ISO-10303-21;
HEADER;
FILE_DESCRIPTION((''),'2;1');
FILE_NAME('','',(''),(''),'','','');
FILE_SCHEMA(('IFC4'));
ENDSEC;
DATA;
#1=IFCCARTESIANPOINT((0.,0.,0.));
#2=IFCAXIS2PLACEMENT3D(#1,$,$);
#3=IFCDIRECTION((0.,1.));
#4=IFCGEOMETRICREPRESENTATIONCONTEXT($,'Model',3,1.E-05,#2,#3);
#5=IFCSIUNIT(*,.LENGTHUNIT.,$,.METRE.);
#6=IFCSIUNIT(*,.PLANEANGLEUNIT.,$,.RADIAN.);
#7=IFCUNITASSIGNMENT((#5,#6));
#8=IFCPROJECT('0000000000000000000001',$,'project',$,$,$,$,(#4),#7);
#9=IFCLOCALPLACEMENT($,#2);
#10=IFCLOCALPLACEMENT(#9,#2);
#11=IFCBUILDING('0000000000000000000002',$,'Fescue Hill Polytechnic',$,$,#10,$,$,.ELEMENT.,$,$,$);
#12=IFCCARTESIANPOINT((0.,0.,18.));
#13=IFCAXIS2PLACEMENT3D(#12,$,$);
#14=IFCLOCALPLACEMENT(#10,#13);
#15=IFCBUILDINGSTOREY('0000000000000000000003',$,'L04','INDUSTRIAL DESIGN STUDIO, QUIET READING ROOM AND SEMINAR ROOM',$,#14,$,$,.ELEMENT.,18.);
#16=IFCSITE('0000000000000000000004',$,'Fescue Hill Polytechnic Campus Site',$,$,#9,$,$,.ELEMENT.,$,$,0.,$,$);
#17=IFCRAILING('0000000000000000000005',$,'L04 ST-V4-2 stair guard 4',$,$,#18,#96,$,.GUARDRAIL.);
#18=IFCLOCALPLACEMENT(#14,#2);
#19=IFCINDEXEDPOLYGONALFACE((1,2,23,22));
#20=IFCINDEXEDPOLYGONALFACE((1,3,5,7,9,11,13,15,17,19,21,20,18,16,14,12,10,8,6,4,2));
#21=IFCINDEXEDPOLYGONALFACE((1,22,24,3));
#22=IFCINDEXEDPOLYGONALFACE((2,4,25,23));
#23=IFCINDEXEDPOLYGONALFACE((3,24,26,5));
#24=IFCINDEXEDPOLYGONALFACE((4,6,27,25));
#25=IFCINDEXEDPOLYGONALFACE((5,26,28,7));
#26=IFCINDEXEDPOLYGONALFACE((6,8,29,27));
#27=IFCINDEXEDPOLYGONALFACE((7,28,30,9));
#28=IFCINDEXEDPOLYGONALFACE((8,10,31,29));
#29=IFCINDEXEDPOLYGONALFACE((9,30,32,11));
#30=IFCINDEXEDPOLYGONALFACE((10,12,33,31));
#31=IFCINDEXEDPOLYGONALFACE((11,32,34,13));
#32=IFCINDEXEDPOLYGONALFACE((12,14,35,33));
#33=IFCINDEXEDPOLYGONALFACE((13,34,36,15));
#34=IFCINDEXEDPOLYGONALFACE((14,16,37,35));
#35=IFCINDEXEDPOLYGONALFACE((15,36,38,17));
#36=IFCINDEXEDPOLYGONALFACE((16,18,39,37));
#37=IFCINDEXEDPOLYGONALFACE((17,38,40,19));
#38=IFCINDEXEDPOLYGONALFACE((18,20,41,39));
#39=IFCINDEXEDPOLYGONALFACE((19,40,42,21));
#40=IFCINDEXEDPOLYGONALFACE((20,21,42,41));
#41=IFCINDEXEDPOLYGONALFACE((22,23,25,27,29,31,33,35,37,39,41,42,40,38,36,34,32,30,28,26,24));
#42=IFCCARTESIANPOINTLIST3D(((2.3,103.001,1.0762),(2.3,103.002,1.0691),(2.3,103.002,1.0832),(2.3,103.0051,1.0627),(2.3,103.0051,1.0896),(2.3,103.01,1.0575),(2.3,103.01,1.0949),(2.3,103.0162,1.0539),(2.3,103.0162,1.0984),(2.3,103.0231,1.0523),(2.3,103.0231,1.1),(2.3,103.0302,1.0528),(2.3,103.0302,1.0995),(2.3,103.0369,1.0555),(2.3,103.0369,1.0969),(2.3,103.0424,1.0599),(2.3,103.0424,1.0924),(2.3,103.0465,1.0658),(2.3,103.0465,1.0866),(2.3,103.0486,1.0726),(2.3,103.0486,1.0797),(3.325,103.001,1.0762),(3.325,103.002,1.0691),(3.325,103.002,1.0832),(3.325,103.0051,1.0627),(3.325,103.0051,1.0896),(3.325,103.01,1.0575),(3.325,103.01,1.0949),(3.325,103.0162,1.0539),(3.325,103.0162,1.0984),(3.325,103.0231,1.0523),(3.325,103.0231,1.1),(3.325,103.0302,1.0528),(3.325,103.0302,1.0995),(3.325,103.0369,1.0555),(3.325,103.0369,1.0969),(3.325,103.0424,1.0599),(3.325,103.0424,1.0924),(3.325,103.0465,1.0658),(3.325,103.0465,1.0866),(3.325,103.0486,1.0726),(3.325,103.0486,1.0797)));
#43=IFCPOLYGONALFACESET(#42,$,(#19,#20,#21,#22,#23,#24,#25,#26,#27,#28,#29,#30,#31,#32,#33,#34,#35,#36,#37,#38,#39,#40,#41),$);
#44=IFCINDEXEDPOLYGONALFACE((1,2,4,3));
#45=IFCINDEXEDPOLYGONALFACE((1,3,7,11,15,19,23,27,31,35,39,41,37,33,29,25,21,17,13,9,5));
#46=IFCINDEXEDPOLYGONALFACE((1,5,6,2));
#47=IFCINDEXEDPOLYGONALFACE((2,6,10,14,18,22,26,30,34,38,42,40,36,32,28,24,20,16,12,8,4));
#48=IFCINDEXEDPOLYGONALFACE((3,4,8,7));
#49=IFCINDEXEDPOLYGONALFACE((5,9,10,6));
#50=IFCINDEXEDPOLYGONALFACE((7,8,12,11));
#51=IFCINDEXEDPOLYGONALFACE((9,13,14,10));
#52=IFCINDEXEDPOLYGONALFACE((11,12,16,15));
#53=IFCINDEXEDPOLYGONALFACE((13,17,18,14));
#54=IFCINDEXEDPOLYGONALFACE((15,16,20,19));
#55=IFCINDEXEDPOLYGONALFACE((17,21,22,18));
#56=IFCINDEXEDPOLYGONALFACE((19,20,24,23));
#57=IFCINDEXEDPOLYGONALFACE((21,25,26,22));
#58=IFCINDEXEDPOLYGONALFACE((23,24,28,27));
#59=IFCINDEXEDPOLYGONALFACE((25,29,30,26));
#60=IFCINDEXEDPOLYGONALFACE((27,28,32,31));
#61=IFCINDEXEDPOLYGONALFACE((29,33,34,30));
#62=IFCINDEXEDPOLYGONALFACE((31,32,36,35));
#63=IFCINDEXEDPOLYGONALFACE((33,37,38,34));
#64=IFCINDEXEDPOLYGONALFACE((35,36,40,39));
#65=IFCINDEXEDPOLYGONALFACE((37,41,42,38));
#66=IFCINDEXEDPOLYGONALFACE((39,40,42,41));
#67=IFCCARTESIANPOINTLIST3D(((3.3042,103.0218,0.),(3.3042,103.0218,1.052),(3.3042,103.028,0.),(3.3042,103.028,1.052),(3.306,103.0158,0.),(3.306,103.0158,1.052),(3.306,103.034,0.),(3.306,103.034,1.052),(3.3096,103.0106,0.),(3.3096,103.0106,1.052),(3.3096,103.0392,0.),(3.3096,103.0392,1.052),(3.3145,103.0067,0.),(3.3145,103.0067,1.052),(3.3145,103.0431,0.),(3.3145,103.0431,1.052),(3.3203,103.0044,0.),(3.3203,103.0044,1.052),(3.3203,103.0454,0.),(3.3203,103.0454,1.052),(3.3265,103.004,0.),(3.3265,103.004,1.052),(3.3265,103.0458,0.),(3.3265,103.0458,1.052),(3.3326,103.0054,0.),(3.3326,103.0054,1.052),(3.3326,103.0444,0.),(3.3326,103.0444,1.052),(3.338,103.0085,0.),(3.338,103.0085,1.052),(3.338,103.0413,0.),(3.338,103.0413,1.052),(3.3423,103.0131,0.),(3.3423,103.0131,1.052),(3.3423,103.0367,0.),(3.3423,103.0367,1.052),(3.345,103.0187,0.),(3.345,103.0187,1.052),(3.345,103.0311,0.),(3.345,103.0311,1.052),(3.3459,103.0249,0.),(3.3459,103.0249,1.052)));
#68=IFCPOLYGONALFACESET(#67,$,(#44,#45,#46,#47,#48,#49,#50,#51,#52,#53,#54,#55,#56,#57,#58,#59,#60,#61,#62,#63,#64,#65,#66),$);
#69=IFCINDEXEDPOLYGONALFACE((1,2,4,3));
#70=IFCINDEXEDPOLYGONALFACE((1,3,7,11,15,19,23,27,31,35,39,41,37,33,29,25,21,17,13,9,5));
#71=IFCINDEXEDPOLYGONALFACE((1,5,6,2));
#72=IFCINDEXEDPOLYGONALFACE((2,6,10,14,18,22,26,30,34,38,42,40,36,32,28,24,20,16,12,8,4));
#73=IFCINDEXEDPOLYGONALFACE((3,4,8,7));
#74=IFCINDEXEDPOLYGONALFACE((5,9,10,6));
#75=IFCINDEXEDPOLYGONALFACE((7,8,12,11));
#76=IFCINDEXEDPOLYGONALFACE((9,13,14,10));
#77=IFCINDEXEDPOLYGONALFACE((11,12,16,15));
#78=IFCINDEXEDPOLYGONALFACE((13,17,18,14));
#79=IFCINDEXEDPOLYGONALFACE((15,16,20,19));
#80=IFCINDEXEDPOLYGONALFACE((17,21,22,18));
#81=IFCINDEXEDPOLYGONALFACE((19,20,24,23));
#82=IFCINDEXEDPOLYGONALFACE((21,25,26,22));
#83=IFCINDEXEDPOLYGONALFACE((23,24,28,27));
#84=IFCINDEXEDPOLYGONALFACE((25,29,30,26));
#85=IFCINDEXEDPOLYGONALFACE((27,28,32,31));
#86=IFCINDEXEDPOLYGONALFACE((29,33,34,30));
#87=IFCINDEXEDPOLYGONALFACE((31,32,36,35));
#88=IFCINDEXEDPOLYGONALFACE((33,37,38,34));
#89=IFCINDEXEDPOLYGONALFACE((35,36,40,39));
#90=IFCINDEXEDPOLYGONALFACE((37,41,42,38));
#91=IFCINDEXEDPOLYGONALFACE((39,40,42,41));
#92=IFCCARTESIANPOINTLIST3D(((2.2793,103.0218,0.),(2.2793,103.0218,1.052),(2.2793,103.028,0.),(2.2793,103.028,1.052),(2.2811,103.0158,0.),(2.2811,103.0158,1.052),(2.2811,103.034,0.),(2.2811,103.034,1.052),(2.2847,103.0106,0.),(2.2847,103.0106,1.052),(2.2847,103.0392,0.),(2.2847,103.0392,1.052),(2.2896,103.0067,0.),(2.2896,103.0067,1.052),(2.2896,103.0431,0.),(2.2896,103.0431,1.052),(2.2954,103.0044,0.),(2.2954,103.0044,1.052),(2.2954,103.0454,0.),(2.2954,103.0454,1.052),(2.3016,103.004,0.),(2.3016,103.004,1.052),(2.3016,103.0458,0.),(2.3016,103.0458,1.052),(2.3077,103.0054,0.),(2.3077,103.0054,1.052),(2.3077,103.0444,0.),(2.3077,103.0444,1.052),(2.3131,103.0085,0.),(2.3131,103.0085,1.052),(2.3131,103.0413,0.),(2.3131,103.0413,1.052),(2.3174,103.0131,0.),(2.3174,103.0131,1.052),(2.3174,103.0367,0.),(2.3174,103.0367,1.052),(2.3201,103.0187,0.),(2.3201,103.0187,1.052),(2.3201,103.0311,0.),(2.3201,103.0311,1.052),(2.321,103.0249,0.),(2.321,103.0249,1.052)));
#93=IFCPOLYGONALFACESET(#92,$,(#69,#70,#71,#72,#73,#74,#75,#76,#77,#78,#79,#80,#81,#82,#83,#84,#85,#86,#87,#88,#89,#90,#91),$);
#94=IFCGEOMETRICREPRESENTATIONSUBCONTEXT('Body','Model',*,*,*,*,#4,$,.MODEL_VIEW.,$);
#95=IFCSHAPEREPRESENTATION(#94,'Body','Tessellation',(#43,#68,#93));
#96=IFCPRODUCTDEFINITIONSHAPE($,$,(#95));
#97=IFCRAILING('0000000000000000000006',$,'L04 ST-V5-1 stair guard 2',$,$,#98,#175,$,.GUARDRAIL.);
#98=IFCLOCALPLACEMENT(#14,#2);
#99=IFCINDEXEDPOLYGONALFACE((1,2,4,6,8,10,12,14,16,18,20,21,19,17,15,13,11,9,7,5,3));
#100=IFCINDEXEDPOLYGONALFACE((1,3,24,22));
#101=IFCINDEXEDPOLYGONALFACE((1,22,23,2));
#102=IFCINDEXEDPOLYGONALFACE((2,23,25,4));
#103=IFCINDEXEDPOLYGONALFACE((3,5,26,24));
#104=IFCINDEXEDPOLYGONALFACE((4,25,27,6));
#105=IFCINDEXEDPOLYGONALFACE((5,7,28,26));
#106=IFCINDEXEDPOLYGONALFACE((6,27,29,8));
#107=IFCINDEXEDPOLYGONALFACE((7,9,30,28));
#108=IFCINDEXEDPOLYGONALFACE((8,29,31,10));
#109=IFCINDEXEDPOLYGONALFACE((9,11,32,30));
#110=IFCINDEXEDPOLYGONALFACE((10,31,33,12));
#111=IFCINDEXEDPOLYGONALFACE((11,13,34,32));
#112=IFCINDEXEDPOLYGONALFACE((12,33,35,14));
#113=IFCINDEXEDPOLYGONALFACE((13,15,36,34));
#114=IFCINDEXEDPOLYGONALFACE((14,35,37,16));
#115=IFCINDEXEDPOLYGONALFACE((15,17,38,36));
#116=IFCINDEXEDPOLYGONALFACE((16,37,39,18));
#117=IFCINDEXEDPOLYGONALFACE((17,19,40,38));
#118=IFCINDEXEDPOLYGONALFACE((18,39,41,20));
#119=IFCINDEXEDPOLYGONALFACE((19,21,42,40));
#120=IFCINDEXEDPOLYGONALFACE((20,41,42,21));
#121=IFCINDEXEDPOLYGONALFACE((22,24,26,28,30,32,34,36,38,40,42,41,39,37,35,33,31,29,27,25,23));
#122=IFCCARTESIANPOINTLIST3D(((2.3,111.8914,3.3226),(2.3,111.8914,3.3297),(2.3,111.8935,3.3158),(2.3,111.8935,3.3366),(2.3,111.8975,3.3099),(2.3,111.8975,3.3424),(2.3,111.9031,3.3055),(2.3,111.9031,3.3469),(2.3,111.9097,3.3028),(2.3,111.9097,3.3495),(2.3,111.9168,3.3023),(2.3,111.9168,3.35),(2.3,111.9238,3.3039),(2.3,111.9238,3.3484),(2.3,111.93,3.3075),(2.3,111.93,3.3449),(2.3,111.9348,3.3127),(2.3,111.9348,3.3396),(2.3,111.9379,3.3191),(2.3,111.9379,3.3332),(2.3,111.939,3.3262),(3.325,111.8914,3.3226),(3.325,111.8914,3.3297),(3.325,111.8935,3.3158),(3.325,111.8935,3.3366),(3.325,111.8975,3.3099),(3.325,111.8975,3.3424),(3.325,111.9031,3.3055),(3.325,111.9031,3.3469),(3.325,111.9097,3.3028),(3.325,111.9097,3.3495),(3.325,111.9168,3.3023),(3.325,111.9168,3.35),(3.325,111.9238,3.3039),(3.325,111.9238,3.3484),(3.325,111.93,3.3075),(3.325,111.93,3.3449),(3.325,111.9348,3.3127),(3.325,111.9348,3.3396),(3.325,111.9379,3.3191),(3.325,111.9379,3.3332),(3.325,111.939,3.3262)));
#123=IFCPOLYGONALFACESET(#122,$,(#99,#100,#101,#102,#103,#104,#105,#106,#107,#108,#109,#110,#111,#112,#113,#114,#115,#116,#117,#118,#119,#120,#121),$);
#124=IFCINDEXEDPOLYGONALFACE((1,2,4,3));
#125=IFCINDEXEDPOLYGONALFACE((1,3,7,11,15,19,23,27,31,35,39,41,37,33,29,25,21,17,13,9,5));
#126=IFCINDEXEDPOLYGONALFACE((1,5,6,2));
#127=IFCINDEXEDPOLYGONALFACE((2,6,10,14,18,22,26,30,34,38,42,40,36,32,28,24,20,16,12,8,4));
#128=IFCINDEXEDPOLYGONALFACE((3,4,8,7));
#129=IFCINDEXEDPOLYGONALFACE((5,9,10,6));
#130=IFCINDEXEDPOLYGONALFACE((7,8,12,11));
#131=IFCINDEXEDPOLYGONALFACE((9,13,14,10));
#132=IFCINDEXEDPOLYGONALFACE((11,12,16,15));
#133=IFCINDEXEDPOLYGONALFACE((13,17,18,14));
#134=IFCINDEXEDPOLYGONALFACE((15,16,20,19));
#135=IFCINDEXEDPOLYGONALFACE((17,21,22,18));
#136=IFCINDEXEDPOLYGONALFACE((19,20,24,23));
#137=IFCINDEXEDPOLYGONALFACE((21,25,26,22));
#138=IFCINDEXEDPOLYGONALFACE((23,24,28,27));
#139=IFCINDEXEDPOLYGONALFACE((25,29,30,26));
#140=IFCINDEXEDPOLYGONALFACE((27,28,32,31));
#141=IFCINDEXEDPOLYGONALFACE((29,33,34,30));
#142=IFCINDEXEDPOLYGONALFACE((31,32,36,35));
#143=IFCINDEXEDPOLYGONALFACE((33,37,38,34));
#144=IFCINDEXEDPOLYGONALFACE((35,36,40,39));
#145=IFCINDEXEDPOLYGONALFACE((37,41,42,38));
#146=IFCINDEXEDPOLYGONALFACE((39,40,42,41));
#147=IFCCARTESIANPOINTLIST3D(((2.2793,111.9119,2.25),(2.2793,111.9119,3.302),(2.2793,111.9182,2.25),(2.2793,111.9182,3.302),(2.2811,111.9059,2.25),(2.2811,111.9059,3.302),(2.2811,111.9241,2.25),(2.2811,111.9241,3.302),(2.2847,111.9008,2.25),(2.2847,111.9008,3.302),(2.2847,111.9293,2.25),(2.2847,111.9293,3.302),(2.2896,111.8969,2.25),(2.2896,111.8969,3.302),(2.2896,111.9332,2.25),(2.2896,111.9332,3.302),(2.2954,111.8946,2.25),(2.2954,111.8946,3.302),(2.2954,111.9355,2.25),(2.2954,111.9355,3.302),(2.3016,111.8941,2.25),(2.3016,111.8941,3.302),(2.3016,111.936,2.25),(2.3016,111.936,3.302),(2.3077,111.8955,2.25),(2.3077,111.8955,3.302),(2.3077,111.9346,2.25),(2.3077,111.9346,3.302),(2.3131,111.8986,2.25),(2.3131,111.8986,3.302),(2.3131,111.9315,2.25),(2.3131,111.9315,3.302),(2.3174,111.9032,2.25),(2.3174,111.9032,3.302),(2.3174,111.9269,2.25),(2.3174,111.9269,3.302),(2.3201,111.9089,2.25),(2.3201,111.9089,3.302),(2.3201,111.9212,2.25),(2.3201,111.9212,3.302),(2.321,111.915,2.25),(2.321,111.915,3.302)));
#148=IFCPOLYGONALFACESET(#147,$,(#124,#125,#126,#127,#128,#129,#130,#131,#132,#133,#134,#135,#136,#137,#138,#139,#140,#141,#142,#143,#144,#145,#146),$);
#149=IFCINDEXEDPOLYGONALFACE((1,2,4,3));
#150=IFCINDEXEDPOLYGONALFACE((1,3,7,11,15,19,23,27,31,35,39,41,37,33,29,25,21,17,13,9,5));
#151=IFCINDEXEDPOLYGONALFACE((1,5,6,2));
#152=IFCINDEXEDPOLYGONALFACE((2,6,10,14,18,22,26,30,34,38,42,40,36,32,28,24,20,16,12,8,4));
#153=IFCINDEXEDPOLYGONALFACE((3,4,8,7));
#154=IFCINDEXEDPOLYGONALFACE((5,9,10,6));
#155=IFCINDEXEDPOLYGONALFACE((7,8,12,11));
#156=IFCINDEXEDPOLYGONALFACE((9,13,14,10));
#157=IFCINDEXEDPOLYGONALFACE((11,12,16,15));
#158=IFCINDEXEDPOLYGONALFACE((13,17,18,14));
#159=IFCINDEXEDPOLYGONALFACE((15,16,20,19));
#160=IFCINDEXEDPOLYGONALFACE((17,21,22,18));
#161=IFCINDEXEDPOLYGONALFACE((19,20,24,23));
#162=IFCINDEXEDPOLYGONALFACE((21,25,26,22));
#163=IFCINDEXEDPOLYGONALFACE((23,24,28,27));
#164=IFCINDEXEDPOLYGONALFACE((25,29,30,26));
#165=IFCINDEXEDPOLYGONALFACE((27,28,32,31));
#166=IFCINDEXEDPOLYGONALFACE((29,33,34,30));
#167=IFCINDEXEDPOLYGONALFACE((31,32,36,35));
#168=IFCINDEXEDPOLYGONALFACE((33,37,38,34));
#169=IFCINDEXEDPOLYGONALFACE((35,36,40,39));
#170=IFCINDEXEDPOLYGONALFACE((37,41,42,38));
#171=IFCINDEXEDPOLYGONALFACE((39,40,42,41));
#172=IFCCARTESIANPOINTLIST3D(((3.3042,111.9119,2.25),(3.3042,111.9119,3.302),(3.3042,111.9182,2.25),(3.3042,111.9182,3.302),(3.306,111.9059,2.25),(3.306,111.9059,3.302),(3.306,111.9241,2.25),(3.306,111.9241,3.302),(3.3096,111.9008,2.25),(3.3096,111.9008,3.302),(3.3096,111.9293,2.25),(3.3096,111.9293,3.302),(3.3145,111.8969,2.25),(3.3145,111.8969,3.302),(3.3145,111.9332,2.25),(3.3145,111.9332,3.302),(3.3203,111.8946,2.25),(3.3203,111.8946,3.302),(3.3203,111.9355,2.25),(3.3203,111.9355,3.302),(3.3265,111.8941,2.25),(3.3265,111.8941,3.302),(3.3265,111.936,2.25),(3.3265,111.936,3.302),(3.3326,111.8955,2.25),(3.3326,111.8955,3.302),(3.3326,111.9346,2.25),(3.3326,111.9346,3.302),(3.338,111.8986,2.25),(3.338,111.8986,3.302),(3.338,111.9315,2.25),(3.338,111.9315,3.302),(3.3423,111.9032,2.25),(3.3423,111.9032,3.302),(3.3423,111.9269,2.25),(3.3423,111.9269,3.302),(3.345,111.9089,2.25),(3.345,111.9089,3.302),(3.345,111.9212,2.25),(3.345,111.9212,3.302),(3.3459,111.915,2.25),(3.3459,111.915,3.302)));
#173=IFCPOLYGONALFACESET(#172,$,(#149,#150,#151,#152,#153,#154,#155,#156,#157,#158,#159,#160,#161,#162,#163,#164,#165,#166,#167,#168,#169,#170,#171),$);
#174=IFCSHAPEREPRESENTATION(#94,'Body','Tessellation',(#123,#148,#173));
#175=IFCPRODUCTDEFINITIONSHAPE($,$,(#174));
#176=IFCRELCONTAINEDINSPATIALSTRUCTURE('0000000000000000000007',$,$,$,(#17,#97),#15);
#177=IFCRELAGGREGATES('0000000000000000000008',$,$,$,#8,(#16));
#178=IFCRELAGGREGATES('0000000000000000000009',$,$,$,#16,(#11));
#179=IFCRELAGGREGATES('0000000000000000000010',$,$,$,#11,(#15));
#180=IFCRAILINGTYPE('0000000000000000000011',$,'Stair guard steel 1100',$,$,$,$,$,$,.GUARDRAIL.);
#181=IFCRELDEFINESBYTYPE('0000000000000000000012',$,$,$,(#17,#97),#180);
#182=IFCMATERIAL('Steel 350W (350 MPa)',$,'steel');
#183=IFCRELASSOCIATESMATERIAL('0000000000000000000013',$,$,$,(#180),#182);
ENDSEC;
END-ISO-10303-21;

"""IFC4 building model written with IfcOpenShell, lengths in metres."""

from ifc_helpers import new_model, si_unit, direction, frame, origin, origin_2d, place, context, subcontext, project, spatial, circle, extrude, material, type_object, element, save


model = new_model("IFC4")

# Units and contexts
model_context = context("Model", 3, precision=1e-05, world=origin(), true_north=direction((0.0, 1.0)))
body_context = subcontext(model_context, "Body", "Model", "MODEL_VIEW")
ifc_project = project(units=[si_unit("LENGTHUNIT", "METRE"), si_unit("PLANEANGLEUNIT", "RADIAN")], contexts=[model_context])

# Site, building, storey
site_placement = place(None, origin())
site = spatial("IfcSite", under=ifc_project, at=site_placement, Name="Fescue Hill Polytechnic Campus Site", CompositionType="ELEMENT", RefElevation=0.0)
building_placement = place(site_placement, origin())
building = spatial("IfcBuilding", under=site, at=building_placement, Name="Fescue Hill Polytechnic", CompositionType="ELEMENT")
storey_placement = place(building_placement, frame((0.0, 0.0, 18.0)))
storey = spatial("IfcBuildingStorey", under=building, at=storey_placement, Name="L04", Description="INDUSTRIAL DESIGN STUDIO, QUIET READING ROOM AND SEMINAR ROOM", CompositionType="ELEMENT", Elevation=18.0)

# Railings
ifc_material_1 = material(Name="Steel 350W (350 MPa)", Category="steel")
railing_type_1 = type_object("IfcRailingType", Name="Stair guard steel 1100", PredefinedType="GUARDRAIL", material=ifc_material_1)
railing_1_placement = place(storey_placement, frame((3.325, 103.0249, 0.0)))
element("IfcRailing", 1, at=railing_1_placement, inside=storey, type_object=railing_type_1, Name="L04 ST-V4-2 stair guard 4", PredefinedType="GUARDRAIL", context=body_context, shape_type="SweptSolid", body=[
    extrude(circle(Radius=0.0239, at=origin_2d()), frame((0.0, 0.0, 1.0762), z_axis=(-1.0, 0.0, 0.0), x_axis=(0.0, -1.0, 0.0)), (0.0, 0.0, 1.0), 1.0249),
    extrude(circle(Radius=0.021, at=origin_2d()), origin(), (0.0, 0.0, 1.0), 1.052),
    extrude(circle(Radius=0.021, at=origin_2d()), frame((-1.0249, 0.0, 0.0)), (0.0, 0.0, 1.0), 1.052),
])
railing_2_placement = place(storey_placement, frame((2.3, 111.915, 2.25)))
element("IfcRailing", 2, at=railing_2_placement, inside=storey, type_object=railing_type_1, Name="L04 ST-V5-1 stair guard 2", PredefinedType="GUARDRAIL", context=body_context, shape_type="SweptSolid", body=[
    extrude(circle(Radius=0.0239, at=origin_2d()), frame((0.0, 0.0, 1.0762), z_axis=(1.0, 0.0, 0.0), x_axis=(0.0, 1.0, 0.0)), (0.0, 0.0, 1.0), 1.0249),
    extrude(circle(Radius=0.021, at=origin_2d()), origin(), (0.0, 0.0, 1.0), 1.052),
    extrude(circle(Radius=0.021, at=origin_2d()), frame((1.0249, 0.0, 0.0)), (0.0, 0.0, 1.0), 1.052),
])

save(model, "model.ifc")
